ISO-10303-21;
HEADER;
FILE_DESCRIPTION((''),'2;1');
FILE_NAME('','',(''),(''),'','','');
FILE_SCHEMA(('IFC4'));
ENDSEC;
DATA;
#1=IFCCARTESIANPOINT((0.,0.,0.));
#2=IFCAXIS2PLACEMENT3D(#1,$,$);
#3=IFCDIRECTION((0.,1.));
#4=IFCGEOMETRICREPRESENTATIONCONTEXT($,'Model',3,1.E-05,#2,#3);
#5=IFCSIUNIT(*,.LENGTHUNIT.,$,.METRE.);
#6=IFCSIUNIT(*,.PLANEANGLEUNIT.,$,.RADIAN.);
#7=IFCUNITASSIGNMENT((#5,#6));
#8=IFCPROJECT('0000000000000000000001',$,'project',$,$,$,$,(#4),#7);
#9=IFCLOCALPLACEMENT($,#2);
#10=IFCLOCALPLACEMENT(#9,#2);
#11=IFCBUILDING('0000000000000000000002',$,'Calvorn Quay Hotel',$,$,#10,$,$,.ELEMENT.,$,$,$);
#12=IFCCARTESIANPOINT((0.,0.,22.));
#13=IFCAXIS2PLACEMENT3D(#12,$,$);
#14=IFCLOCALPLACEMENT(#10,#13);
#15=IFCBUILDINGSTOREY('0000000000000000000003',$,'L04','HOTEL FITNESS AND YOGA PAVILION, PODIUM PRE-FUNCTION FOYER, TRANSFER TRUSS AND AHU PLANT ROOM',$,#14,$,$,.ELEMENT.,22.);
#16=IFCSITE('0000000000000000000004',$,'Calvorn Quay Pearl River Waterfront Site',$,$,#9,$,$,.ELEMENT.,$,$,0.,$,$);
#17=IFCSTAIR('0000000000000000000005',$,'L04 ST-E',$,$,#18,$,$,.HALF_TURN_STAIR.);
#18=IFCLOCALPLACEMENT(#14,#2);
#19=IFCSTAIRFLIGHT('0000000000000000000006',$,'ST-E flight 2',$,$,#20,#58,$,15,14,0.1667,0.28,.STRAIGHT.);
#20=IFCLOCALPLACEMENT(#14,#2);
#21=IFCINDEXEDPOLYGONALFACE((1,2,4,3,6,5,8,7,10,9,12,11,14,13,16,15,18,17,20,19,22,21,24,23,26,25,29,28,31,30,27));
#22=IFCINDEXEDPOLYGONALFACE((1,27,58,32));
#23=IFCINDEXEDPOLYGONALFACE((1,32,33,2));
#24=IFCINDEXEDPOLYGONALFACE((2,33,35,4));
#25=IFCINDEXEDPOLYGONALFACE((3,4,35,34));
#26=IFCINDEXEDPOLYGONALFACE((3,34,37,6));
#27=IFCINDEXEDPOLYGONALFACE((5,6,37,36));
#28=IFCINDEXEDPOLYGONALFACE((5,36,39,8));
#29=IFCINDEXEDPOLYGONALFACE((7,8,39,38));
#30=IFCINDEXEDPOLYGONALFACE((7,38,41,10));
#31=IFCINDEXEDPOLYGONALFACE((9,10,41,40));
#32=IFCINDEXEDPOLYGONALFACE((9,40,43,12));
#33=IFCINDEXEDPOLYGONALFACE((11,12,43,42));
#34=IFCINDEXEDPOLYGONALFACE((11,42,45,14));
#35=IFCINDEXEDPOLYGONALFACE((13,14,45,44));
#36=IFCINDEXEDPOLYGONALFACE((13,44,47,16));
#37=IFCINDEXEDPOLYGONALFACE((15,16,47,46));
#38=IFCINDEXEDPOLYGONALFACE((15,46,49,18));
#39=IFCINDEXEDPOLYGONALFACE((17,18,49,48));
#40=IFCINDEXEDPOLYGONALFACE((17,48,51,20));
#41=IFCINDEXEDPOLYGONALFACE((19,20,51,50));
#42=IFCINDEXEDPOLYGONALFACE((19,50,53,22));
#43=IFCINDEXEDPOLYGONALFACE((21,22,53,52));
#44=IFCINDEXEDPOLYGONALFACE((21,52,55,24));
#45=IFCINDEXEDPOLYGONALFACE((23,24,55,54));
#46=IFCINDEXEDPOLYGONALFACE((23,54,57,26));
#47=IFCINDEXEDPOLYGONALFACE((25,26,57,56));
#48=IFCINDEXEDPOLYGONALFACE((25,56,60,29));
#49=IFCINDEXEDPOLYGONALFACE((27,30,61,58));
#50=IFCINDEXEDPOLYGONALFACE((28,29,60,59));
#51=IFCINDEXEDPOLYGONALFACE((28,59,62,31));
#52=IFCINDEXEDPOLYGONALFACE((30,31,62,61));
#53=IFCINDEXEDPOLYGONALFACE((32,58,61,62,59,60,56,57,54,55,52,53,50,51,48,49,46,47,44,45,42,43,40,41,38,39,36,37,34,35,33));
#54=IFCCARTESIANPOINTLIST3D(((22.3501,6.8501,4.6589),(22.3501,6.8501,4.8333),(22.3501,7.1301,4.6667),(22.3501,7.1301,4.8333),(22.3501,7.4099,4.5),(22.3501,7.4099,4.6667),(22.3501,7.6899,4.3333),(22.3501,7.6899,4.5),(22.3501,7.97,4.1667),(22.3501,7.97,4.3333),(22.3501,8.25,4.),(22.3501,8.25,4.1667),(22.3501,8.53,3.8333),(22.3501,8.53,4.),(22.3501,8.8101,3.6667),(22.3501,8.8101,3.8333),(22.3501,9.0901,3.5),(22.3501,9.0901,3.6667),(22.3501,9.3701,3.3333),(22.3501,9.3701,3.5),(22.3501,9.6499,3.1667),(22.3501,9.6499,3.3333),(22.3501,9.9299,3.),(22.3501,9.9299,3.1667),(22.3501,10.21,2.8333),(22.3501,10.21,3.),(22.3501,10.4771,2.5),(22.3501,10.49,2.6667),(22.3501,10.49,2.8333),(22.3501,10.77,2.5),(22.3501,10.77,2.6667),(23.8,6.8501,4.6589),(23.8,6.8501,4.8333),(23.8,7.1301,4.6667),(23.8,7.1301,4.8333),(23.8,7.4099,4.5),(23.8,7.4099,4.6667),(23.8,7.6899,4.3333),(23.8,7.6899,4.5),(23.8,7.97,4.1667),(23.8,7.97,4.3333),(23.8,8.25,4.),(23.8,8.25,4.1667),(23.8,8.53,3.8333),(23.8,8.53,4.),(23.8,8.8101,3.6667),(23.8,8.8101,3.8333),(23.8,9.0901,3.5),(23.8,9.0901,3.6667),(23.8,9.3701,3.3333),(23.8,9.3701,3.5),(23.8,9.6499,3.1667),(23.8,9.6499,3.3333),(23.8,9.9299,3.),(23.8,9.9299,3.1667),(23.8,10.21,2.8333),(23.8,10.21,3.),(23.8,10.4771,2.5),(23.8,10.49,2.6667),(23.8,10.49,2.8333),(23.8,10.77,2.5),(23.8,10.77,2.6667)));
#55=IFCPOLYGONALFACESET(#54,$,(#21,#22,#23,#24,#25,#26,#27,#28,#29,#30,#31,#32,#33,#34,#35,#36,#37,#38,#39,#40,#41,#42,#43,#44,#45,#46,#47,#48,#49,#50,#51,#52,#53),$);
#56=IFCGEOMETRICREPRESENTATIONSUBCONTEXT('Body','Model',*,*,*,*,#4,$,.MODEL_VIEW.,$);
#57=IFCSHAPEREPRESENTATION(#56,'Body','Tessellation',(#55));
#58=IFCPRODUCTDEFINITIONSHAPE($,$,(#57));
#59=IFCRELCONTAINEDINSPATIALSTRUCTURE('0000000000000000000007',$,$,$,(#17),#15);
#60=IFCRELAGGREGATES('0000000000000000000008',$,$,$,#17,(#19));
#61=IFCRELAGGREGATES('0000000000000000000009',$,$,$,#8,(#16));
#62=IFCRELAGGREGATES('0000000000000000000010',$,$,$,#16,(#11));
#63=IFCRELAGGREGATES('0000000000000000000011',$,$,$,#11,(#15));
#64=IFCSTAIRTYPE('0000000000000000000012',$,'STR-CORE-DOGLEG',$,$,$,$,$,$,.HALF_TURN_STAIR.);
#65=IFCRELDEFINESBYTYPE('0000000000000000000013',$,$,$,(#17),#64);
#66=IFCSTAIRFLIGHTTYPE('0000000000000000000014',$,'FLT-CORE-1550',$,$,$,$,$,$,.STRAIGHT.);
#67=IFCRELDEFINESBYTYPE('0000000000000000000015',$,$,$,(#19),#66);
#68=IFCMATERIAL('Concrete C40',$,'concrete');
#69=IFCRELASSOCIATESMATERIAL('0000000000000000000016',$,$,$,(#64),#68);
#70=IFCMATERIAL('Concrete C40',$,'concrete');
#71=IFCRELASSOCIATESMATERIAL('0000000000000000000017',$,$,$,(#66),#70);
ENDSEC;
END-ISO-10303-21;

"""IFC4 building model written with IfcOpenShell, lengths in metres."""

from ifc_helpers import new_model, si_unit, direction, frame, origin, place, context, subcontext, project, spatial, polyline, outline, extrude, material, type_object, element, aggregate, save


model = new_model("IFC4")

# Units and contexts
model_context = context("Model", 3, precision=1e-05, world=origin(), true_north=direction((0.0, 1.0)))
body_context = subcontext(model_context, "Body", "Model", "MODEL_VIEW")
ifc_project = project(units=[si_unit("LENGTHUNIT", "METRE"), si_unit("PLANEANGLEUNIT", "RADIAN")], contexts=[model_context])

# Site, building, storey
site_placement = place(None, origin())
site = spatial("IfcSite", under=ifc_project, at=site_placement, Name="Calvorn Quay Pearl River Waterfront Site", CompositionType="ELEMENT", RefElevation=0.0)
building_placement = place(site_placement, origin())
building = spatial("IfcBuilding", under=site, at=building_placement, Name="Calvorn Quay Hotel", CompositionType="ELEMENT")
storey_placement = place(building_placement, frame((0.0, 0.0, 22.0)))
storey = spatial("IfcBuildingStorey", under=building, at=storey_placement, Name="L04", Description="HOTEL FITNESS AND YOGA PAVILION, PODIUM PRE-FUNCTION FOYER, TRANSFER TRUSS AND AHU PLANT ROOM", CompositionType="ELEMENT", Elevation=22.0)

# Stair, stair flight
ifc_material_1 = material(Name="Concrete C40", Category="concrete")
stair_type = type_object("IfcStairType", Name="STR-CORE-DOGLEG", PredefinedType="HALF_TURN_STAIR", material=ifc_material_1)
stair_placement = place(storey_placement, origin())
stair = element("IfcStair", 1, at=stair_placement, inside=storey, type_object=stair_type, Name="L04 ST-E", PredefinedType="HALF_TURN_STAIR")
ifc_material_2 = material(Name="Concrete C40", Category="concrete")
stair_flight_type = type_object("IfcStairFlightType", Name="FLT-CORE-1550", PredefinedType="STRAIGHT", material=ifc_material_2)
stair_flight_1_placement = place(storey_placement, frame((23.075, 10.77, 2.5), z_axis=(0.0, 0.0, 1.0), x_axis=(0.0, -1.0, 0.0)))
stair_flight_1 = element("IfcStairFlight", 2, at=stair_flight_1_placement, type_object=stair_flight_type, Name="ST-E flight 2", NumberOfRisers=15, NumberOfTreads=14, PredefinedType="STRAIGHT", RiserHeight=0.1667, TreadLength=0.28, context=body_context, shape_type="SweptSolid", body=[
    extrude(outline(polyline([(0.0, 0.0), (0.0, 0.1667), (0.28, 0.1667), (0.28, 0.3333), (0.5601, 0.3333), (0.5601, 0.5), (0.8401, 0.5), (0.8401, 0.6667), (1.1201, 0.6667), (1.1201, 0.8333), (1.3999, 0.8333), (1.3999, 1.0), (1.6799, 1.0), (1.6799, 1.1667), (1.96, 1.1667), (1.96, 1.3333), (2.24, 1.3333), (2.24, 1.5), (2.52, 1.5), (2.52, 1.6667), (2.8, 1.6667), (2.8, 1.8333), (3.0801, 1.8333), (3.0801, 2.0), (3.3601, 2.0), (3.3601, 2.1667), (3.6399, 2.1667), (3.6399, 2.3333), (3.9199, 2.3333), (3.9199, 2.5), (3.9199, 2.1589), (0.293, 0.0), (0.0, 0.0)])), frame((0.0, 0.7251, 0.0), z_axis=(0.0, -1.0, 0.0), x_axis=(1.0, 0.0, 0.0)), (0.0, 0.0, 1.0), 1.45),
])
aggregate(stair, [stair_flight_1])

save(model, "model.ifc")
